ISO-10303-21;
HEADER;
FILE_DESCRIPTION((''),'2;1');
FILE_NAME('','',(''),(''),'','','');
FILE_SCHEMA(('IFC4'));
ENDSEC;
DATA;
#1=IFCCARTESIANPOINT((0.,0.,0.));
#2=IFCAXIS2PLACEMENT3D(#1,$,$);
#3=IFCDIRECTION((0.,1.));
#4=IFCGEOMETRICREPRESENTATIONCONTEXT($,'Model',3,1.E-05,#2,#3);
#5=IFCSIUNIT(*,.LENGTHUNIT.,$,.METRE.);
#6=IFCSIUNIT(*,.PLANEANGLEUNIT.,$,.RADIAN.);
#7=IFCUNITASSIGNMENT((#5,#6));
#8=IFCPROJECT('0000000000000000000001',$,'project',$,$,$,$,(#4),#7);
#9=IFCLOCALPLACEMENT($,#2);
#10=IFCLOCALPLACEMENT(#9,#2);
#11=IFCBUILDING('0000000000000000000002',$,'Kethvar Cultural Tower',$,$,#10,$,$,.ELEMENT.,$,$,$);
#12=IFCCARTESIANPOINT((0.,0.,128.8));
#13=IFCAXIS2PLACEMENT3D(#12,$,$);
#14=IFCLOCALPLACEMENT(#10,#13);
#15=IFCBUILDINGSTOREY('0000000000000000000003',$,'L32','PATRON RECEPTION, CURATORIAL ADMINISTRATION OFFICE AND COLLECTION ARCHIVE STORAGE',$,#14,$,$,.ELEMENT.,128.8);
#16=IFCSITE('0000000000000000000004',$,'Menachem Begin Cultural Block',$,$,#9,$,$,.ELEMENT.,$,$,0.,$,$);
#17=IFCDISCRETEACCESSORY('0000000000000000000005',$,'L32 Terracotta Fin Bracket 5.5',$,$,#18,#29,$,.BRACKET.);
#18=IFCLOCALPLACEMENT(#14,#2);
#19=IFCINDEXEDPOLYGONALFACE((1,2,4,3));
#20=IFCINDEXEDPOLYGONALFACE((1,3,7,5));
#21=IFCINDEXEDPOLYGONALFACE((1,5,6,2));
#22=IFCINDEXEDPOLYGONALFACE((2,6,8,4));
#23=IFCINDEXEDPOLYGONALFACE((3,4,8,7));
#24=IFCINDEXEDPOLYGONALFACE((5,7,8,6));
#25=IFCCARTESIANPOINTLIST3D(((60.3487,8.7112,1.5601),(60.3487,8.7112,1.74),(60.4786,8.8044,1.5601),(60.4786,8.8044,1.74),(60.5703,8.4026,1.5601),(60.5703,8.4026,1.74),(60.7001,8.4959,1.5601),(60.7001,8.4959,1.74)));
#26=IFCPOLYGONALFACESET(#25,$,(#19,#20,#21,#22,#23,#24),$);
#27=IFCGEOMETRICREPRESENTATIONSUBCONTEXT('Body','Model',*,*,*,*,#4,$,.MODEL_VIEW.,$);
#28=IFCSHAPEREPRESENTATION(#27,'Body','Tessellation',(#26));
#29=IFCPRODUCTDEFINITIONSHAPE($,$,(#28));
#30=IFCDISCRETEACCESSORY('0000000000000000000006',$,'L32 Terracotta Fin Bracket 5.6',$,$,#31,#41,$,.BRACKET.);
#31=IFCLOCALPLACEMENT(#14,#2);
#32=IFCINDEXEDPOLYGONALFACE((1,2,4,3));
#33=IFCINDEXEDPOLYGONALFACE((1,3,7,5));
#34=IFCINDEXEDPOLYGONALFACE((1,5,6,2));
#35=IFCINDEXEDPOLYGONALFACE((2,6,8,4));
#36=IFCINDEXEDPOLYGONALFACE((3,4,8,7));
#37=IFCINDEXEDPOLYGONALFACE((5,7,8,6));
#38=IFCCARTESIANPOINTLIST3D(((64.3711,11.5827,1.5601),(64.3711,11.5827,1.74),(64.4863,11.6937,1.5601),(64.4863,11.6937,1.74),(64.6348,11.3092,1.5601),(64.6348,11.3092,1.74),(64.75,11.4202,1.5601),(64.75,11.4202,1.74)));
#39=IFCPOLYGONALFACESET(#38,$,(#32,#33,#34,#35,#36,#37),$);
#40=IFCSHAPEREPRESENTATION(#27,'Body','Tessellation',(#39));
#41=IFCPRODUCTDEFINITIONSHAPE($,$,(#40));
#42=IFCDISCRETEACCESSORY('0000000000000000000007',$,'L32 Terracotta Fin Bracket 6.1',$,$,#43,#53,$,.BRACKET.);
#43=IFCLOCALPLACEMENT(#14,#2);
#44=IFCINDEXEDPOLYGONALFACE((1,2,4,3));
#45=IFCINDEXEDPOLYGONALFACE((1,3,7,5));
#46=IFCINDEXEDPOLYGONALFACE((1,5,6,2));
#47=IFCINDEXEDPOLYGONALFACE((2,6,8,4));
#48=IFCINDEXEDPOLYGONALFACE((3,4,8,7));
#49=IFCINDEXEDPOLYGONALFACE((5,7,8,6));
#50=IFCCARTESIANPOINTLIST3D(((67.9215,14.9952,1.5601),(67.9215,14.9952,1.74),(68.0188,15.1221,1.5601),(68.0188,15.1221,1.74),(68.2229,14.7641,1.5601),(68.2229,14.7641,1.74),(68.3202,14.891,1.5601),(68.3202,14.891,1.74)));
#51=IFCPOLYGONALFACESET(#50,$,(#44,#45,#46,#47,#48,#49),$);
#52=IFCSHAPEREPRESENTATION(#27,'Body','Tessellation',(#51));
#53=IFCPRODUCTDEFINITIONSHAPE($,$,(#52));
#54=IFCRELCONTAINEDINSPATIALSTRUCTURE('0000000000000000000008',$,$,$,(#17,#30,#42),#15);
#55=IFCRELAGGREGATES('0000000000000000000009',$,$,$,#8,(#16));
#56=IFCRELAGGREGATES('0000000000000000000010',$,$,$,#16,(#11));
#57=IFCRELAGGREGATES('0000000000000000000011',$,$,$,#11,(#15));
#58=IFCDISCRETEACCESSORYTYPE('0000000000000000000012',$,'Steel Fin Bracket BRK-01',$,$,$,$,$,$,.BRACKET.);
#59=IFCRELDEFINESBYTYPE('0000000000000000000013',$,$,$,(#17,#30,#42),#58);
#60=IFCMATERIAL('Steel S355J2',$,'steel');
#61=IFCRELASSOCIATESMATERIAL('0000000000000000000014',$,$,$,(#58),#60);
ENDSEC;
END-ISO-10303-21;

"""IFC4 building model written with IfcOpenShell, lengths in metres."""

from ifc_helpers import new_model, si_unit, direction, frame, origin, origin_2d, place, context, subcontext, project, spatial, rectangle, extrude, source, transform, mapped, material, type_object, element, save


model = new_model("IFC4")

# Units and contexts
model_context = context("Model", 3, precision=1e-05, world=origin(), true_north=direction((0.0, 1.0)))
body_context = subcontext(model_context, "Body", "Model", "MODEL_VIEW")
ifc_project = project(units=[si_unit("LENGTHUNIT", "METRE"), si_unit("PLANEANGLEUNIT", "RADIAN")], contexts=[model_context])

# Site, building, storey
site_placement = place(None, origin())
site = spatial("IfcSite", under=ifc_project, at=site_placement, Name="Menachem Begin Cultural Block", CompositionType="ELEMENT", RefElevation=0.0)
building_placement = place(site_placement, origin())
building = spatial("IfcBuilding", under=site, at=building_placement, Name="Kethvar Cultural Tower", CompositionType="ELEMENT")
storey_placement = place(building_placement, frame((0.0, 0.0, 128.8)))
storey = spatial("IfcBuildingStorey", under=building, at=storey_placement, Name="L32", Description="PATRON RECEPTION, CURATORIAL ADMINISTRATION OFFICE AND COLLECTION ARCHIVE STORAGE", CompositionType="ELEMENT", Elevation=128.8)

# Shared definitions
ifc_material_1 = material(Name="Steel S355J2", Category="steel")

# Discrete accessories
discrete_accessory_type = type_object("IfcDiscreteAccessoryType", Name="Steel Fin Bracket BRK-01", PredefinedType="BRACKET", material=ifc_material_1)
shared_shape_1 = source(origin(), body_context, "Body", "SweptSolid", [
    extrude(rectangle(XDim=0.3799, YDim=0.1599, at=origin_2d()), origin(), (0.0, 0.0, 1.0), 0.1799),
])
for number, where, z_axis, x_axis, name in (
    (1, (60.5244, 8.6035, 1.5601), (0.0, 0.0, 1.0), (0.583258, -0.812287, 0.0), "L32 Terracotta Fin Bracket 5.5"),
    (2, (64.5605, 11.5015, 1.5601), (0.0, 0.0, 1.0), (0.694156, -0.719825, 0.0), "L32 Terracotta Fin Bracket 5.6"),
    (3, (68.1208, 14.9431, 1.5601), (0.0, 0.0, 1.0), (0.793566, -0.608484, 0.0), "L32 Terracotta Fin Bracket 6.1"),
):
    element("IfcDiscreteAccessory", number, at=place(storey_placement, frame(where, z_axis=z_axis, x_axis=x_axis)), inside=storey, type_object=discrete_accessory_type, Name=name, PredefinedType="BRACKET", context=body_context, shape_type="MappedRepresentation", body=[
        mapped(shared_shape_1, transform((0.0, 0.0, 0.0), scale=1.0)),
    ])

save(model, "model.ifc")
